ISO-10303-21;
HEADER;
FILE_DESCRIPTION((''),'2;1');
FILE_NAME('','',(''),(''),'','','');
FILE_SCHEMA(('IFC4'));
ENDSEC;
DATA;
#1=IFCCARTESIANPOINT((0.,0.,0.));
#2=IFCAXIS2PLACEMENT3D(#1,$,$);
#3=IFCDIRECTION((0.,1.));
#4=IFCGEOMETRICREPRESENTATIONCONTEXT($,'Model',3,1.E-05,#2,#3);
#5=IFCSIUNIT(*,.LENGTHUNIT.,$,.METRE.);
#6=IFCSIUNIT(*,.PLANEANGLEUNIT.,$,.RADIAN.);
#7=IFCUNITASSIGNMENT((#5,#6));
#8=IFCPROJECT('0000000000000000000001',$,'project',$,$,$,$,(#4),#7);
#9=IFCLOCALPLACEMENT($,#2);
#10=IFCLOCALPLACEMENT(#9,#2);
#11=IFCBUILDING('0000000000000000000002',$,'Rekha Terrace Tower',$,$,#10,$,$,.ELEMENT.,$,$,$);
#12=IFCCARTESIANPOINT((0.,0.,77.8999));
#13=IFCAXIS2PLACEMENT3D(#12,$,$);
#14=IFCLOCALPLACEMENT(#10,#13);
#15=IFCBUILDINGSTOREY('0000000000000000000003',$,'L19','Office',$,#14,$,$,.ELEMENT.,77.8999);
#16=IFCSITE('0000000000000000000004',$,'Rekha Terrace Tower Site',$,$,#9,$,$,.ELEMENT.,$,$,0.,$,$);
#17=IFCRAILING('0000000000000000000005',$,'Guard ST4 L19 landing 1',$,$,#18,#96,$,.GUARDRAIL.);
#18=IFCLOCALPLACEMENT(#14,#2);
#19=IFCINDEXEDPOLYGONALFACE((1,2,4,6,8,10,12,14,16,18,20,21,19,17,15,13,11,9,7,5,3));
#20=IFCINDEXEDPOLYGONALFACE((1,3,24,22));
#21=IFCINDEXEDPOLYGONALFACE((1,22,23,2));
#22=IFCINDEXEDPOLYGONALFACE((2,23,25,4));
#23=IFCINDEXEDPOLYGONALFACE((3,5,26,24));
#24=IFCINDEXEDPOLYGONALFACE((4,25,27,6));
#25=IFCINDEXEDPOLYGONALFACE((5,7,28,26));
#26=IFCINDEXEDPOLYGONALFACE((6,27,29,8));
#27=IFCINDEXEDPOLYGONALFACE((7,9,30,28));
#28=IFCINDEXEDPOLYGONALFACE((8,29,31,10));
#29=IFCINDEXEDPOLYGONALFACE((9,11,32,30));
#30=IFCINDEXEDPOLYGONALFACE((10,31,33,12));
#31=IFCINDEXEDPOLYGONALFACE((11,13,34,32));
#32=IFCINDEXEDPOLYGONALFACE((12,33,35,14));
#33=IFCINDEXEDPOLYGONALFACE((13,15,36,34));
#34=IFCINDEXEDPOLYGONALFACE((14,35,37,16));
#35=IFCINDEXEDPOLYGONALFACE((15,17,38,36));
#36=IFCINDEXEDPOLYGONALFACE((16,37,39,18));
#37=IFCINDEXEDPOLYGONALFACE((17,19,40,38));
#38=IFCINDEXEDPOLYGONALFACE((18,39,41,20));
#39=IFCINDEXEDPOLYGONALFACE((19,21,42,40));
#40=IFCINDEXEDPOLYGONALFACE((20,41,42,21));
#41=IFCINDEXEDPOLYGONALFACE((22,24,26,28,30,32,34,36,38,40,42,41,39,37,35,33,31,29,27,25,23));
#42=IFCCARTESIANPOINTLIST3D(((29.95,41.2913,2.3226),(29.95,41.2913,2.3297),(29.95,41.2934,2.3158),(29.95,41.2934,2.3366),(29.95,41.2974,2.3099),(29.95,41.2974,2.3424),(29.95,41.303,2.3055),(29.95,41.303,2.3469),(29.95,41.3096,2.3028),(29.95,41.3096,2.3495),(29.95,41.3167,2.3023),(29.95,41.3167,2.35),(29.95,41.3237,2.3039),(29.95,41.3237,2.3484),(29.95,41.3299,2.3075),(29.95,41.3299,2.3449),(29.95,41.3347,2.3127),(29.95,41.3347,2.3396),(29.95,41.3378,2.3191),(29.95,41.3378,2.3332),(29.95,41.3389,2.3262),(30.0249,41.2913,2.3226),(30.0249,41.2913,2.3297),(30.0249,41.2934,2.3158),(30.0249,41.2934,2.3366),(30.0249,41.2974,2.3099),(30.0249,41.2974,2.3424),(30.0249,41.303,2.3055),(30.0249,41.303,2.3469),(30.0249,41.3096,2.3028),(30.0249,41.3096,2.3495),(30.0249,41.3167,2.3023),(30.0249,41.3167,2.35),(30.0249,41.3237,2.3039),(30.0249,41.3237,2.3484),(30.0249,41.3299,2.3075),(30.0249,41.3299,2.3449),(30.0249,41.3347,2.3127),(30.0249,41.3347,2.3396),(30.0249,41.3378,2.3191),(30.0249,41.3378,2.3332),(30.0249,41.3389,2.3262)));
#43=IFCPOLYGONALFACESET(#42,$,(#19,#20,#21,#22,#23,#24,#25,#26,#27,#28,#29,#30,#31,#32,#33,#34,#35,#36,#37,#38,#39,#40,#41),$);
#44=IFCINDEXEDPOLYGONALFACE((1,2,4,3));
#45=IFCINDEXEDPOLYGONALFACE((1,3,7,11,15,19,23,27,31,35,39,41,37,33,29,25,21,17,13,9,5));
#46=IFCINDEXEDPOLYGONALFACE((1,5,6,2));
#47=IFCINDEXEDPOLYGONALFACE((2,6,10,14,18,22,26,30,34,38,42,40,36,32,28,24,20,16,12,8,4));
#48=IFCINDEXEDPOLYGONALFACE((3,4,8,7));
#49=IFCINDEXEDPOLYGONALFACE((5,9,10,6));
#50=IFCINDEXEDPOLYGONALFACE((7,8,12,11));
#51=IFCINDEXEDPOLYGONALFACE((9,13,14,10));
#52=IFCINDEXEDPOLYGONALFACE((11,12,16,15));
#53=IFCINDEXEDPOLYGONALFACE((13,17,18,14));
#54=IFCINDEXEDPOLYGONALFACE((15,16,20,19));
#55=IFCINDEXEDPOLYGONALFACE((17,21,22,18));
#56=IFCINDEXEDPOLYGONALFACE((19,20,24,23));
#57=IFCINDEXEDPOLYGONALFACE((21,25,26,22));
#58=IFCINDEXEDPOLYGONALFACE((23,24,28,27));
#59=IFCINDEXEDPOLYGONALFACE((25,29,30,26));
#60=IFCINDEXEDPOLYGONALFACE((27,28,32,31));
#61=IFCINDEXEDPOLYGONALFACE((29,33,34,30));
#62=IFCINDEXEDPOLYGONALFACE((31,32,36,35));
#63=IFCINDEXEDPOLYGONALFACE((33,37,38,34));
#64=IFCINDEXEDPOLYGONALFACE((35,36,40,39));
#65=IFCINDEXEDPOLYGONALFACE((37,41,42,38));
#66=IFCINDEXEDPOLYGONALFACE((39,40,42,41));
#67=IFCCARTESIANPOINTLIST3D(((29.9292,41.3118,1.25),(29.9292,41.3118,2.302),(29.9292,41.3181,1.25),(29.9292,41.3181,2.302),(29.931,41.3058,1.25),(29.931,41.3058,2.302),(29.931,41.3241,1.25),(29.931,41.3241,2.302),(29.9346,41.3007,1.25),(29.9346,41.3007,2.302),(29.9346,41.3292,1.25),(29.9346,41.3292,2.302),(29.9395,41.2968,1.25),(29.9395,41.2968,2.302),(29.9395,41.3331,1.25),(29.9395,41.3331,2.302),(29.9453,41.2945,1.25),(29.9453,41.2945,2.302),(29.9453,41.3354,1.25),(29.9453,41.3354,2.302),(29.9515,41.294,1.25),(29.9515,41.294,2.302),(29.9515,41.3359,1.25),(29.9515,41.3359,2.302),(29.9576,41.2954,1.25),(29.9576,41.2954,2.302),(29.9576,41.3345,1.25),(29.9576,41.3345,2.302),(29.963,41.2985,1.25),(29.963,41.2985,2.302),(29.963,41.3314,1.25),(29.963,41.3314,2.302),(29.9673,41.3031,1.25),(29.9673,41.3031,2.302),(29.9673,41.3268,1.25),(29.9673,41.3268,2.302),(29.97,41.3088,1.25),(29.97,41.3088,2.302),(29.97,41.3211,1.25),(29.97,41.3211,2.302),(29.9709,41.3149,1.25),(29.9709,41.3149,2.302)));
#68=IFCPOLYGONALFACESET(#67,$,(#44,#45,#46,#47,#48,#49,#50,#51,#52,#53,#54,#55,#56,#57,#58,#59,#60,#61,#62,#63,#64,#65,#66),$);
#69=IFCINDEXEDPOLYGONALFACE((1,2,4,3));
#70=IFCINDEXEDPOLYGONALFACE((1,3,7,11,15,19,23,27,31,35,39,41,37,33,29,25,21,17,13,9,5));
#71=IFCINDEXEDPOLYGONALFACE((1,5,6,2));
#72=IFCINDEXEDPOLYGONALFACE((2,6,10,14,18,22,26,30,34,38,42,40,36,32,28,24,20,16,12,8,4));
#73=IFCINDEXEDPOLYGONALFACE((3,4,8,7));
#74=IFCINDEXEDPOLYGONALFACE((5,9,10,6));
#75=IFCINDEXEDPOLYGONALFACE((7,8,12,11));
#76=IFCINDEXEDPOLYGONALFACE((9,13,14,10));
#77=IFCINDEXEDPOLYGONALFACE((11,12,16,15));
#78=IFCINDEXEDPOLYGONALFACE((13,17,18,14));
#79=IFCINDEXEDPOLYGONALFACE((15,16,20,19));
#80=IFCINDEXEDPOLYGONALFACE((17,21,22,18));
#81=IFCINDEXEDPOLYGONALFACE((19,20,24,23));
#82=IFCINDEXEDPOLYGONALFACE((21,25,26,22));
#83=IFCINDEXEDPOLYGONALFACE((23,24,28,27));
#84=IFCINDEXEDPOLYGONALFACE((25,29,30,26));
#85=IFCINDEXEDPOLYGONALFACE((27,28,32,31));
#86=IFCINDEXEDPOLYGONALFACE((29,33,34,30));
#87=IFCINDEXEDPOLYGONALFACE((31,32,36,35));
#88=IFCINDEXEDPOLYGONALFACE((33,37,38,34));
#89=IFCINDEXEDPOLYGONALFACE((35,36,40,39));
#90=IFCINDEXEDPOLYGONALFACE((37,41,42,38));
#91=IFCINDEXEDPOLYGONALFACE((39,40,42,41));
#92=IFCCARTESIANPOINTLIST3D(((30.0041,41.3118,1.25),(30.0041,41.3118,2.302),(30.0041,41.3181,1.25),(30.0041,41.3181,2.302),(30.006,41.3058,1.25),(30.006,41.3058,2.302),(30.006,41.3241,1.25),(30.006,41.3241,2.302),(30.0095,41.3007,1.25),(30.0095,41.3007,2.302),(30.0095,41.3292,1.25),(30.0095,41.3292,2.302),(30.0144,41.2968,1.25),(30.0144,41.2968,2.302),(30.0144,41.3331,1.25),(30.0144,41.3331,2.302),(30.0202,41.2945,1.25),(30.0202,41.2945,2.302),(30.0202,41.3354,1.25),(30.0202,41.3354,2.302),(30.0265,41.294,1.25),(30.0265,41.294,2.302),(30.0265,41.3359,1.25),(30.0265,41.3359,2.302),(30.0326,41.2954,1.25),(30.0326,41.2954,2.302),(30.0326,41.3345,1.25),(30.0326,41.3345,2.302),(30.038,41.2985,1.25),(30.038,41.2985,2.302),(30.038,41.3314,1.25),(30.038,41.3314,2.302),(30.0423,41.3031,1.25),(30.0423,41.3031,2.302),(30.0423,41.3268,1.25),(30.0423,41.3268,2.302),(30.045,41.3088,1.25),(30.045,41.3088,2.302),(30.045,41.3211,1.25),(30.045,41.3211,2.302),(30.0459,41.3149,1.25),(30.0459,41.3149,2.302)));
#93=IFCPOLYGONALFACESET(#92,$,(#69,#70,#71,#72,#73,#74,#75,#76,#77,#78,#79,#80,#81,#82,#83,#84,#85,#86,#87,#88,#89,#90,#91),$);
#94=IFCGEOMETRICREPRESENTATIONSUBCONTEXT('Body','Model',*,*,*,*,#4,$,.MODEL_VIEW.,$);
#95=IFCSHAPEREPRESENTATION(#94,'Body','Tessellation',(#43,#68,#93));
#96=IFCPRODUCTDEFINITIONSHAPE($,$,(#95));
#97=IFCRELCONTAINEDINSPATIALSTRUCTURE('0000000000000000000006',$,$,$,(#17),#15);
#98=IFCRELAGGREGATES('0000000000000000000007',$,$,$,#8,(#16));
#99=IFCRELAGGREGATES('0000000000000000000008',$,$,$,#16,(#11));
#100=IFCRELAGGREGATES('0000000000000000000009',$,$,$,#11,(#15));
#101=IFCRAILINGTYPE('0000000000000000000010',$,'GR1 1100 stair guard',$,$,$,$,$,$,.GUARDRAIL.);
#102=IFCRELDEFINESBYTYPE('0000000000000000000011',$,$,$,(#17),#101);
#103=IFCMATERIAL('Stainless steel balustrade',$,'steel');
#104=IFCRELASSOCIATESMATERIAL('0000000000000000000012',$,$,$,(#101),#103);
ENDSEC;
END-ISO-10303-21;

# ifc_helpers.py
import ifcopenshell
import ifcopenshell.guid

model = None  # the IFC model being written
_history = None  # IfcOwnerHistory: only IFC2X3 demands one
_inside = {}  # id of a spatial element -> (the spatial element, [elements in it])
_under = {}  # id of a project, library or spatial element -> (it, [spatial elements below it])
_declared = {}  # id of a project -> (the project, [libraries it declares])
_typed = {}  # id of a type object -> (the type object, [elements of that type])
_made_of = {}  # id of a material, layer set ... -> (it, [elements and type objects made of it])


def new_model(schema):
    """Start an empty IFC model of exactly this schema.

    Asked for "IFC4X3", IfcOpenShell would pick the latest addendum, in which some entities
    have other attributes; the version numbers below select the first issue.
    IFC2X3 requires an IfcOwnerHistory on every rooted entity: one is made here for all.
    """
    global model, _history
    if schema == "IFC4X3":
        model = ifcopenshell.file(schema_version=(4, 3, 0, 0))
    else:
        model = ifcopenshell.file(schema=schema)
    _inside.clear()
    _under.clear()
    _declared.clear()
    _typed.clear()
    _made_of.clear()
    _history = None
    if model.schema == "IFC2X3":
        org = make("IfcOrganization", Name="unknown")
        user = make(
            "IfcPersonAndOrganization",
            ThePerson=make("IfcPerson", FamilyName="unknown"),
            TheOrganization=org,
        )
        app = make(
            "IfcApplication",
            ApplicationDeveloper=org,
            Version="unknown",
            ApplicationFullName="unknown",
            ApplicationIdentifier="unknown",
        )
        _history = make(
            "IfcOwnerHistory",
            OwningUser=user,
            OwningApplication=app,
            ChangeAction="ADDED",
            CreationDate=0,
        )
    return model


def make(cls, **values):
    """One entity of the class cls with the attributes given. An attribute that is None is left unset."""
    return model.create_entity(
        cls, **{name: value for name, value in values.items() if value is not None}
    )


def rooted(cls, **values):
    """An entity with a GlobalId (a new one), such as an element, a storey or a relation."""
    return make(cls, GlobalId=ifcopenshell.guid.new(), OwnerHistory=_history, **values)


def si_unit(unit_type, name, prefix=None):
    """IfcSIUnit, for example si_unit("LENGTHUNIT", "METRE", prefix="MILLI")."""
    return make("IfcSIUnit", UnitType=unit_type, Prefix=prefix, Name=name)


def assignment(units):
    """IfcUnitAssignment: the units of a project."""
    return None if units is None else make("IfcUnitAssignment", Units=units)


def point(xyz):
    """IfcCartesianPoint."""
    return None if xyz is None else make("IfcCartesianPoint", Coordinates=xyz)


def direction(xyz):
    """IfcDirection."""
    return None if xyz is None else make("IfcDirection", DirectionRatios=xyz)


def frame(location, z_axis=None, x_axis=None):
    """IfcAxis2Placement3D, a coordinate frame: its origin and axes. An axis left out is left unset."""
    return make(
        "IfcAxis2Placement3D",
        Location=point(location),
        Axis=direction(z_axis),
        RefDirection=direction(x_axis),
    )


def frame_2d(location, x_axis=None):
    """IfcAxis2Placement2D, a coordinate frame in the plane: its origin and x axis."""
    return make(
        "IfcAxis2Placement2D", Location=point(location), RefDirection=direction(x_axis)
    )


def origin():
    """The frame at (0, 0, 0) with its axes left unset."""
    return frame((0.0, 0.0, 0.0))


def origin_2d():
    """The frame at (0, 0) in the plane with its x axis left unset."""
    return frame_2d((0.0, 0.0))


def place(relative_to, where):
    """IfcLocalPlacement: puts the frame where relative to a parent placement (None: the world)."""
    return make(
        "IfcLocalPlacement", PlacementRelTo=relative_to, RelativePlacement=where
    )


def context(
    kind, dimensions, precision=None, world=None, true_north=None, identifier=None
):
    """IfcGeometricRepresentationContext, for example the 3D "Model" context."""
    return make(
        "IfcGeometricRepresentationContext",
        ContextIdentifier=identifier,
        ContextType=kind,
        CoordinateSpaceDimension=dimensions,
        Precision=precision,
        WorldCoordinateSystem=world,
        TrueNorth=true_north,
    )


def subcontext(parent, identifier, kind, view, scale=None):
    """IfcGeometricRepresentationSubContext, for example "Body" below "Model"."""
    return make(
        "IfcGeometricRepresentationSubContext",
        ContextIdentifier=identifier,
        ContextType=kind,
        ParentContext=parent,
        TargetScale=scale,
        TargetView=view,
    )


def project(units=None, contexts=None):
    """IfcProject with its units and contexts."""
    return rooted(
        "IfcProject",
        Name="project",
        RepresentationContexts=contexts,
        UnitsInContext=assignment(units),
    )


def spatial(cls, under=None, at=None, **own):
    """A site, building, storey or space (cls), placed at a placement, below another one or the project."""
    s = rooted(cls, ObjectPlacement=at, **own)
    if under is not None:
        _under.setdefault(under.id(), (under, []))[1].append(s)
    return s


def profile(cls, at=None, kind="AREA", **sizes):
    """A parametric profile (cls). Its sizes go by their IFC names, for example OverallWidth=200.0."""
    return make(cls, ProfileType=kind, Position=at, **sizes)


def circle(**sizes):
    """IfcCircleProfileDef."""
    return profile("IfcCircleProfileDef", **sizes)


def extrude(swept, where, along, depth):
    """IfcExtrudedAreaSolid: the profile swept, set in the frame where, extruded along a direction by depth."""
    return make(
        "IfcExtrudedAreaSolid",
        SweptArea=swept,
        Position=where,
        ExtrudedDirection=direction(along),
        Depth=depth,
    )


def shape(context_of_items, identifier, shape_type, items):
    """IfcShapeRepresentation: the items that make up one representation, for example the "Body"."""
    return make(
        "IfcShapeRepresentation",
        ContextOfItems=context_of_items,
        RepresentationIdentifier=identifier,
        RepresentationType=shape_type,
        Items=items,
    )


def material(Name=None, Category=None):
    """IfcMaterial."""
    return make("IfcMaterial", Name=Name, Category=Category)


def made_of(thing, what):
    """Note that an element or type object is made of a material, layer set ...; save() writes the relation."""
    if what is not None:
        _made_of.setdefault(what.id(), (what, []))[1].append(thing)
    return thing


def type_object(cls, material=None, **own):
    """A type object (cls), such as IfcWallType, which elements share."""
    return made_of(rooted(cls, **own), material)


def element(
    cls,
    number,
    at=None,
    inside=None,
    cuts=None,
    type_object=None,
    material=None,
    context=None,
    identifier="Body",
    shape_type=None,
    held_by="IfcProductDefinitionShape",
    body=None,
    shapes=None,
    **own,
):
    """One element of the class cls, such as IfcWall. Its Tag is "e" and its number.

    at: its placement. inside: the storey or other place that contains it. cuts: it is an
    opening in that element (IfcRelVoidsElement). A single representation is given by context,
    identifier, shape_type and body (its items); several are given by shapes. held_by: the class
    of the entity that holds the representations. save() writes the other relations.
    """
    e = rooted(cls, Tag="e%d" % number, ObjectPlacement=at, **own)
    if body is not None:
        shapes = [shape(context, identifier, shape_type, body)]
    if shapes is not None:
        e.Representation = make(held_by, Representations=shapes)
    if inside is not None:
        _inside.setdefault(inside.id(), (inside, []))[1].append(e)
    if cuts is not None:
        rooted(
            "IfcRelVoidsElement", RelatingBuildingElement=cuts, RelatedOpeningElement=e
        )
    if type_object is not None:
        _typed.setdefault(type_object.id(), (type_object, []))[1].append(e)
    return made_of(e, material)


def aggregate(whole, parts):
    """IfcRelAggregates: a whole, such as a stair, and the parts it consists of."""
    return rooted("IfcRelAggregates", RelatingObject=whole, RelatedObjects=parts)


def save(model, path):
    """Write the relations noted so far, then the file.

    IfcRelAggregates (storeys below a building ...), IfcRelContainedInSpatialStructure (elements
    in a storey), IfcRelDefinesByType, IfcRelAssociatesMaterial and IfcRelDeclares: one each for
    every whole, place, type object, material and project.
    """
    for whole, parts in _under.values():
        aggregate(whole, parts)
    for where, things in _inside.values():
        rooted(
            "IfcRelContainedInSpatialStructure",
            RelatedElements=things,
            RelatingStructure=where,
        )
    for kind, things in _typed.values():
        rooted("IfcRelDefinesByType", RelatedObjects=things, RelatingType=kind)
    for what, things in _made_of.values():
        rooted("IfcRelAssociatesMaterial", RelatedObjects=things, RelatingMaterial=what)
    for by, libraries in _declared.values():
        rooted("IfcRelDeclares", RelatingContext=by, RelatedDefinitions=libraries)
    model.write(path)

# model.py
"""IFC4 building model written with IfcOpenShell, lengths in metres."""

from ifc_helpers import new_model, si_unit, direction, frame, origin, origin_2d, place, context, subcontext, project, spatial, circle, extrude, material, type_object, element, save


model = new_model("IFC4")

# Units and contexts
model_context = context("Model", 3, precision=1e-05, world=origin(), true_north=direction((0.0, 1.0)))
body_context = subcontext(model_context, "Body", "Model", "MODEL_VIEW")
ifc_project = project(units=[si_unit("LENGTHUNIT", "METRE"), si_unit("PLANEANGLEUNIT", "RADIAN")], contexts=[model_context])

# Site, building, storey
site_placement = place(None, origin())
site = spatial("IfcSite", under=ifc_project, at=site_placement, Name="Rekha Terrace Tower Site", CompositionType="ELEMENT", RefElevation=0.0)
building_placement = place(site_placement, origin())
building = spatial("IfcBuilding", under=site, at=building_placement, Name="Rekha Terrace Tower", CompositionType="ELEMENT")
storey_placement = place(building_placement, frame((0.0, 0.0, 77.8999)))
storey = spatial("IfcBuildingStorey", under=building, at=storey_placement, Name="L19", Description="Office", CompositionType="ELEMENT", Elevation=77.8999)

# Railing
ifc_material_1 = material(Name="Stainless steel balustrade", Category="steel")
railing_type_1 = type_object("IfcRailingType", Name="GR1 1100 stair guard", PredefinedType="GUARDRAIL", material=ifc_material_1)
railing_1_placement = place(storey_placement, frame((29.95, 41.3149, 1.25)))
element("IfcRailing", 1, at=railing_1_placement, inside=storey, type_object=railing_type_1, Name="Guard ST4 L19 landing 1", PredefinedType="GUARDRAIL", context=body_context, shape_type="SweptSolid", body=[
    extrude(circle(Radius=0.0239, at=origin_2d()), frame((0.0, 0.0, 1.0762), z_axis=(1.0, 0.0, 0.0), x_axis=(0.0, 1.0, 0.0)), (0.0, 0.0, 1.0), 0.075),
    extrude(circle(Radius=0.021, at=origin_2d()), origin(), (0.0, 0.0, 1.0), 1.052),
    extrude(circle(Radius=0.021, at=origin_2d()), frame((0.075, 0.0, 0.0)), (0.0, 0.0, 1.0), 1.052),
])

save(model, "model.ifc")
